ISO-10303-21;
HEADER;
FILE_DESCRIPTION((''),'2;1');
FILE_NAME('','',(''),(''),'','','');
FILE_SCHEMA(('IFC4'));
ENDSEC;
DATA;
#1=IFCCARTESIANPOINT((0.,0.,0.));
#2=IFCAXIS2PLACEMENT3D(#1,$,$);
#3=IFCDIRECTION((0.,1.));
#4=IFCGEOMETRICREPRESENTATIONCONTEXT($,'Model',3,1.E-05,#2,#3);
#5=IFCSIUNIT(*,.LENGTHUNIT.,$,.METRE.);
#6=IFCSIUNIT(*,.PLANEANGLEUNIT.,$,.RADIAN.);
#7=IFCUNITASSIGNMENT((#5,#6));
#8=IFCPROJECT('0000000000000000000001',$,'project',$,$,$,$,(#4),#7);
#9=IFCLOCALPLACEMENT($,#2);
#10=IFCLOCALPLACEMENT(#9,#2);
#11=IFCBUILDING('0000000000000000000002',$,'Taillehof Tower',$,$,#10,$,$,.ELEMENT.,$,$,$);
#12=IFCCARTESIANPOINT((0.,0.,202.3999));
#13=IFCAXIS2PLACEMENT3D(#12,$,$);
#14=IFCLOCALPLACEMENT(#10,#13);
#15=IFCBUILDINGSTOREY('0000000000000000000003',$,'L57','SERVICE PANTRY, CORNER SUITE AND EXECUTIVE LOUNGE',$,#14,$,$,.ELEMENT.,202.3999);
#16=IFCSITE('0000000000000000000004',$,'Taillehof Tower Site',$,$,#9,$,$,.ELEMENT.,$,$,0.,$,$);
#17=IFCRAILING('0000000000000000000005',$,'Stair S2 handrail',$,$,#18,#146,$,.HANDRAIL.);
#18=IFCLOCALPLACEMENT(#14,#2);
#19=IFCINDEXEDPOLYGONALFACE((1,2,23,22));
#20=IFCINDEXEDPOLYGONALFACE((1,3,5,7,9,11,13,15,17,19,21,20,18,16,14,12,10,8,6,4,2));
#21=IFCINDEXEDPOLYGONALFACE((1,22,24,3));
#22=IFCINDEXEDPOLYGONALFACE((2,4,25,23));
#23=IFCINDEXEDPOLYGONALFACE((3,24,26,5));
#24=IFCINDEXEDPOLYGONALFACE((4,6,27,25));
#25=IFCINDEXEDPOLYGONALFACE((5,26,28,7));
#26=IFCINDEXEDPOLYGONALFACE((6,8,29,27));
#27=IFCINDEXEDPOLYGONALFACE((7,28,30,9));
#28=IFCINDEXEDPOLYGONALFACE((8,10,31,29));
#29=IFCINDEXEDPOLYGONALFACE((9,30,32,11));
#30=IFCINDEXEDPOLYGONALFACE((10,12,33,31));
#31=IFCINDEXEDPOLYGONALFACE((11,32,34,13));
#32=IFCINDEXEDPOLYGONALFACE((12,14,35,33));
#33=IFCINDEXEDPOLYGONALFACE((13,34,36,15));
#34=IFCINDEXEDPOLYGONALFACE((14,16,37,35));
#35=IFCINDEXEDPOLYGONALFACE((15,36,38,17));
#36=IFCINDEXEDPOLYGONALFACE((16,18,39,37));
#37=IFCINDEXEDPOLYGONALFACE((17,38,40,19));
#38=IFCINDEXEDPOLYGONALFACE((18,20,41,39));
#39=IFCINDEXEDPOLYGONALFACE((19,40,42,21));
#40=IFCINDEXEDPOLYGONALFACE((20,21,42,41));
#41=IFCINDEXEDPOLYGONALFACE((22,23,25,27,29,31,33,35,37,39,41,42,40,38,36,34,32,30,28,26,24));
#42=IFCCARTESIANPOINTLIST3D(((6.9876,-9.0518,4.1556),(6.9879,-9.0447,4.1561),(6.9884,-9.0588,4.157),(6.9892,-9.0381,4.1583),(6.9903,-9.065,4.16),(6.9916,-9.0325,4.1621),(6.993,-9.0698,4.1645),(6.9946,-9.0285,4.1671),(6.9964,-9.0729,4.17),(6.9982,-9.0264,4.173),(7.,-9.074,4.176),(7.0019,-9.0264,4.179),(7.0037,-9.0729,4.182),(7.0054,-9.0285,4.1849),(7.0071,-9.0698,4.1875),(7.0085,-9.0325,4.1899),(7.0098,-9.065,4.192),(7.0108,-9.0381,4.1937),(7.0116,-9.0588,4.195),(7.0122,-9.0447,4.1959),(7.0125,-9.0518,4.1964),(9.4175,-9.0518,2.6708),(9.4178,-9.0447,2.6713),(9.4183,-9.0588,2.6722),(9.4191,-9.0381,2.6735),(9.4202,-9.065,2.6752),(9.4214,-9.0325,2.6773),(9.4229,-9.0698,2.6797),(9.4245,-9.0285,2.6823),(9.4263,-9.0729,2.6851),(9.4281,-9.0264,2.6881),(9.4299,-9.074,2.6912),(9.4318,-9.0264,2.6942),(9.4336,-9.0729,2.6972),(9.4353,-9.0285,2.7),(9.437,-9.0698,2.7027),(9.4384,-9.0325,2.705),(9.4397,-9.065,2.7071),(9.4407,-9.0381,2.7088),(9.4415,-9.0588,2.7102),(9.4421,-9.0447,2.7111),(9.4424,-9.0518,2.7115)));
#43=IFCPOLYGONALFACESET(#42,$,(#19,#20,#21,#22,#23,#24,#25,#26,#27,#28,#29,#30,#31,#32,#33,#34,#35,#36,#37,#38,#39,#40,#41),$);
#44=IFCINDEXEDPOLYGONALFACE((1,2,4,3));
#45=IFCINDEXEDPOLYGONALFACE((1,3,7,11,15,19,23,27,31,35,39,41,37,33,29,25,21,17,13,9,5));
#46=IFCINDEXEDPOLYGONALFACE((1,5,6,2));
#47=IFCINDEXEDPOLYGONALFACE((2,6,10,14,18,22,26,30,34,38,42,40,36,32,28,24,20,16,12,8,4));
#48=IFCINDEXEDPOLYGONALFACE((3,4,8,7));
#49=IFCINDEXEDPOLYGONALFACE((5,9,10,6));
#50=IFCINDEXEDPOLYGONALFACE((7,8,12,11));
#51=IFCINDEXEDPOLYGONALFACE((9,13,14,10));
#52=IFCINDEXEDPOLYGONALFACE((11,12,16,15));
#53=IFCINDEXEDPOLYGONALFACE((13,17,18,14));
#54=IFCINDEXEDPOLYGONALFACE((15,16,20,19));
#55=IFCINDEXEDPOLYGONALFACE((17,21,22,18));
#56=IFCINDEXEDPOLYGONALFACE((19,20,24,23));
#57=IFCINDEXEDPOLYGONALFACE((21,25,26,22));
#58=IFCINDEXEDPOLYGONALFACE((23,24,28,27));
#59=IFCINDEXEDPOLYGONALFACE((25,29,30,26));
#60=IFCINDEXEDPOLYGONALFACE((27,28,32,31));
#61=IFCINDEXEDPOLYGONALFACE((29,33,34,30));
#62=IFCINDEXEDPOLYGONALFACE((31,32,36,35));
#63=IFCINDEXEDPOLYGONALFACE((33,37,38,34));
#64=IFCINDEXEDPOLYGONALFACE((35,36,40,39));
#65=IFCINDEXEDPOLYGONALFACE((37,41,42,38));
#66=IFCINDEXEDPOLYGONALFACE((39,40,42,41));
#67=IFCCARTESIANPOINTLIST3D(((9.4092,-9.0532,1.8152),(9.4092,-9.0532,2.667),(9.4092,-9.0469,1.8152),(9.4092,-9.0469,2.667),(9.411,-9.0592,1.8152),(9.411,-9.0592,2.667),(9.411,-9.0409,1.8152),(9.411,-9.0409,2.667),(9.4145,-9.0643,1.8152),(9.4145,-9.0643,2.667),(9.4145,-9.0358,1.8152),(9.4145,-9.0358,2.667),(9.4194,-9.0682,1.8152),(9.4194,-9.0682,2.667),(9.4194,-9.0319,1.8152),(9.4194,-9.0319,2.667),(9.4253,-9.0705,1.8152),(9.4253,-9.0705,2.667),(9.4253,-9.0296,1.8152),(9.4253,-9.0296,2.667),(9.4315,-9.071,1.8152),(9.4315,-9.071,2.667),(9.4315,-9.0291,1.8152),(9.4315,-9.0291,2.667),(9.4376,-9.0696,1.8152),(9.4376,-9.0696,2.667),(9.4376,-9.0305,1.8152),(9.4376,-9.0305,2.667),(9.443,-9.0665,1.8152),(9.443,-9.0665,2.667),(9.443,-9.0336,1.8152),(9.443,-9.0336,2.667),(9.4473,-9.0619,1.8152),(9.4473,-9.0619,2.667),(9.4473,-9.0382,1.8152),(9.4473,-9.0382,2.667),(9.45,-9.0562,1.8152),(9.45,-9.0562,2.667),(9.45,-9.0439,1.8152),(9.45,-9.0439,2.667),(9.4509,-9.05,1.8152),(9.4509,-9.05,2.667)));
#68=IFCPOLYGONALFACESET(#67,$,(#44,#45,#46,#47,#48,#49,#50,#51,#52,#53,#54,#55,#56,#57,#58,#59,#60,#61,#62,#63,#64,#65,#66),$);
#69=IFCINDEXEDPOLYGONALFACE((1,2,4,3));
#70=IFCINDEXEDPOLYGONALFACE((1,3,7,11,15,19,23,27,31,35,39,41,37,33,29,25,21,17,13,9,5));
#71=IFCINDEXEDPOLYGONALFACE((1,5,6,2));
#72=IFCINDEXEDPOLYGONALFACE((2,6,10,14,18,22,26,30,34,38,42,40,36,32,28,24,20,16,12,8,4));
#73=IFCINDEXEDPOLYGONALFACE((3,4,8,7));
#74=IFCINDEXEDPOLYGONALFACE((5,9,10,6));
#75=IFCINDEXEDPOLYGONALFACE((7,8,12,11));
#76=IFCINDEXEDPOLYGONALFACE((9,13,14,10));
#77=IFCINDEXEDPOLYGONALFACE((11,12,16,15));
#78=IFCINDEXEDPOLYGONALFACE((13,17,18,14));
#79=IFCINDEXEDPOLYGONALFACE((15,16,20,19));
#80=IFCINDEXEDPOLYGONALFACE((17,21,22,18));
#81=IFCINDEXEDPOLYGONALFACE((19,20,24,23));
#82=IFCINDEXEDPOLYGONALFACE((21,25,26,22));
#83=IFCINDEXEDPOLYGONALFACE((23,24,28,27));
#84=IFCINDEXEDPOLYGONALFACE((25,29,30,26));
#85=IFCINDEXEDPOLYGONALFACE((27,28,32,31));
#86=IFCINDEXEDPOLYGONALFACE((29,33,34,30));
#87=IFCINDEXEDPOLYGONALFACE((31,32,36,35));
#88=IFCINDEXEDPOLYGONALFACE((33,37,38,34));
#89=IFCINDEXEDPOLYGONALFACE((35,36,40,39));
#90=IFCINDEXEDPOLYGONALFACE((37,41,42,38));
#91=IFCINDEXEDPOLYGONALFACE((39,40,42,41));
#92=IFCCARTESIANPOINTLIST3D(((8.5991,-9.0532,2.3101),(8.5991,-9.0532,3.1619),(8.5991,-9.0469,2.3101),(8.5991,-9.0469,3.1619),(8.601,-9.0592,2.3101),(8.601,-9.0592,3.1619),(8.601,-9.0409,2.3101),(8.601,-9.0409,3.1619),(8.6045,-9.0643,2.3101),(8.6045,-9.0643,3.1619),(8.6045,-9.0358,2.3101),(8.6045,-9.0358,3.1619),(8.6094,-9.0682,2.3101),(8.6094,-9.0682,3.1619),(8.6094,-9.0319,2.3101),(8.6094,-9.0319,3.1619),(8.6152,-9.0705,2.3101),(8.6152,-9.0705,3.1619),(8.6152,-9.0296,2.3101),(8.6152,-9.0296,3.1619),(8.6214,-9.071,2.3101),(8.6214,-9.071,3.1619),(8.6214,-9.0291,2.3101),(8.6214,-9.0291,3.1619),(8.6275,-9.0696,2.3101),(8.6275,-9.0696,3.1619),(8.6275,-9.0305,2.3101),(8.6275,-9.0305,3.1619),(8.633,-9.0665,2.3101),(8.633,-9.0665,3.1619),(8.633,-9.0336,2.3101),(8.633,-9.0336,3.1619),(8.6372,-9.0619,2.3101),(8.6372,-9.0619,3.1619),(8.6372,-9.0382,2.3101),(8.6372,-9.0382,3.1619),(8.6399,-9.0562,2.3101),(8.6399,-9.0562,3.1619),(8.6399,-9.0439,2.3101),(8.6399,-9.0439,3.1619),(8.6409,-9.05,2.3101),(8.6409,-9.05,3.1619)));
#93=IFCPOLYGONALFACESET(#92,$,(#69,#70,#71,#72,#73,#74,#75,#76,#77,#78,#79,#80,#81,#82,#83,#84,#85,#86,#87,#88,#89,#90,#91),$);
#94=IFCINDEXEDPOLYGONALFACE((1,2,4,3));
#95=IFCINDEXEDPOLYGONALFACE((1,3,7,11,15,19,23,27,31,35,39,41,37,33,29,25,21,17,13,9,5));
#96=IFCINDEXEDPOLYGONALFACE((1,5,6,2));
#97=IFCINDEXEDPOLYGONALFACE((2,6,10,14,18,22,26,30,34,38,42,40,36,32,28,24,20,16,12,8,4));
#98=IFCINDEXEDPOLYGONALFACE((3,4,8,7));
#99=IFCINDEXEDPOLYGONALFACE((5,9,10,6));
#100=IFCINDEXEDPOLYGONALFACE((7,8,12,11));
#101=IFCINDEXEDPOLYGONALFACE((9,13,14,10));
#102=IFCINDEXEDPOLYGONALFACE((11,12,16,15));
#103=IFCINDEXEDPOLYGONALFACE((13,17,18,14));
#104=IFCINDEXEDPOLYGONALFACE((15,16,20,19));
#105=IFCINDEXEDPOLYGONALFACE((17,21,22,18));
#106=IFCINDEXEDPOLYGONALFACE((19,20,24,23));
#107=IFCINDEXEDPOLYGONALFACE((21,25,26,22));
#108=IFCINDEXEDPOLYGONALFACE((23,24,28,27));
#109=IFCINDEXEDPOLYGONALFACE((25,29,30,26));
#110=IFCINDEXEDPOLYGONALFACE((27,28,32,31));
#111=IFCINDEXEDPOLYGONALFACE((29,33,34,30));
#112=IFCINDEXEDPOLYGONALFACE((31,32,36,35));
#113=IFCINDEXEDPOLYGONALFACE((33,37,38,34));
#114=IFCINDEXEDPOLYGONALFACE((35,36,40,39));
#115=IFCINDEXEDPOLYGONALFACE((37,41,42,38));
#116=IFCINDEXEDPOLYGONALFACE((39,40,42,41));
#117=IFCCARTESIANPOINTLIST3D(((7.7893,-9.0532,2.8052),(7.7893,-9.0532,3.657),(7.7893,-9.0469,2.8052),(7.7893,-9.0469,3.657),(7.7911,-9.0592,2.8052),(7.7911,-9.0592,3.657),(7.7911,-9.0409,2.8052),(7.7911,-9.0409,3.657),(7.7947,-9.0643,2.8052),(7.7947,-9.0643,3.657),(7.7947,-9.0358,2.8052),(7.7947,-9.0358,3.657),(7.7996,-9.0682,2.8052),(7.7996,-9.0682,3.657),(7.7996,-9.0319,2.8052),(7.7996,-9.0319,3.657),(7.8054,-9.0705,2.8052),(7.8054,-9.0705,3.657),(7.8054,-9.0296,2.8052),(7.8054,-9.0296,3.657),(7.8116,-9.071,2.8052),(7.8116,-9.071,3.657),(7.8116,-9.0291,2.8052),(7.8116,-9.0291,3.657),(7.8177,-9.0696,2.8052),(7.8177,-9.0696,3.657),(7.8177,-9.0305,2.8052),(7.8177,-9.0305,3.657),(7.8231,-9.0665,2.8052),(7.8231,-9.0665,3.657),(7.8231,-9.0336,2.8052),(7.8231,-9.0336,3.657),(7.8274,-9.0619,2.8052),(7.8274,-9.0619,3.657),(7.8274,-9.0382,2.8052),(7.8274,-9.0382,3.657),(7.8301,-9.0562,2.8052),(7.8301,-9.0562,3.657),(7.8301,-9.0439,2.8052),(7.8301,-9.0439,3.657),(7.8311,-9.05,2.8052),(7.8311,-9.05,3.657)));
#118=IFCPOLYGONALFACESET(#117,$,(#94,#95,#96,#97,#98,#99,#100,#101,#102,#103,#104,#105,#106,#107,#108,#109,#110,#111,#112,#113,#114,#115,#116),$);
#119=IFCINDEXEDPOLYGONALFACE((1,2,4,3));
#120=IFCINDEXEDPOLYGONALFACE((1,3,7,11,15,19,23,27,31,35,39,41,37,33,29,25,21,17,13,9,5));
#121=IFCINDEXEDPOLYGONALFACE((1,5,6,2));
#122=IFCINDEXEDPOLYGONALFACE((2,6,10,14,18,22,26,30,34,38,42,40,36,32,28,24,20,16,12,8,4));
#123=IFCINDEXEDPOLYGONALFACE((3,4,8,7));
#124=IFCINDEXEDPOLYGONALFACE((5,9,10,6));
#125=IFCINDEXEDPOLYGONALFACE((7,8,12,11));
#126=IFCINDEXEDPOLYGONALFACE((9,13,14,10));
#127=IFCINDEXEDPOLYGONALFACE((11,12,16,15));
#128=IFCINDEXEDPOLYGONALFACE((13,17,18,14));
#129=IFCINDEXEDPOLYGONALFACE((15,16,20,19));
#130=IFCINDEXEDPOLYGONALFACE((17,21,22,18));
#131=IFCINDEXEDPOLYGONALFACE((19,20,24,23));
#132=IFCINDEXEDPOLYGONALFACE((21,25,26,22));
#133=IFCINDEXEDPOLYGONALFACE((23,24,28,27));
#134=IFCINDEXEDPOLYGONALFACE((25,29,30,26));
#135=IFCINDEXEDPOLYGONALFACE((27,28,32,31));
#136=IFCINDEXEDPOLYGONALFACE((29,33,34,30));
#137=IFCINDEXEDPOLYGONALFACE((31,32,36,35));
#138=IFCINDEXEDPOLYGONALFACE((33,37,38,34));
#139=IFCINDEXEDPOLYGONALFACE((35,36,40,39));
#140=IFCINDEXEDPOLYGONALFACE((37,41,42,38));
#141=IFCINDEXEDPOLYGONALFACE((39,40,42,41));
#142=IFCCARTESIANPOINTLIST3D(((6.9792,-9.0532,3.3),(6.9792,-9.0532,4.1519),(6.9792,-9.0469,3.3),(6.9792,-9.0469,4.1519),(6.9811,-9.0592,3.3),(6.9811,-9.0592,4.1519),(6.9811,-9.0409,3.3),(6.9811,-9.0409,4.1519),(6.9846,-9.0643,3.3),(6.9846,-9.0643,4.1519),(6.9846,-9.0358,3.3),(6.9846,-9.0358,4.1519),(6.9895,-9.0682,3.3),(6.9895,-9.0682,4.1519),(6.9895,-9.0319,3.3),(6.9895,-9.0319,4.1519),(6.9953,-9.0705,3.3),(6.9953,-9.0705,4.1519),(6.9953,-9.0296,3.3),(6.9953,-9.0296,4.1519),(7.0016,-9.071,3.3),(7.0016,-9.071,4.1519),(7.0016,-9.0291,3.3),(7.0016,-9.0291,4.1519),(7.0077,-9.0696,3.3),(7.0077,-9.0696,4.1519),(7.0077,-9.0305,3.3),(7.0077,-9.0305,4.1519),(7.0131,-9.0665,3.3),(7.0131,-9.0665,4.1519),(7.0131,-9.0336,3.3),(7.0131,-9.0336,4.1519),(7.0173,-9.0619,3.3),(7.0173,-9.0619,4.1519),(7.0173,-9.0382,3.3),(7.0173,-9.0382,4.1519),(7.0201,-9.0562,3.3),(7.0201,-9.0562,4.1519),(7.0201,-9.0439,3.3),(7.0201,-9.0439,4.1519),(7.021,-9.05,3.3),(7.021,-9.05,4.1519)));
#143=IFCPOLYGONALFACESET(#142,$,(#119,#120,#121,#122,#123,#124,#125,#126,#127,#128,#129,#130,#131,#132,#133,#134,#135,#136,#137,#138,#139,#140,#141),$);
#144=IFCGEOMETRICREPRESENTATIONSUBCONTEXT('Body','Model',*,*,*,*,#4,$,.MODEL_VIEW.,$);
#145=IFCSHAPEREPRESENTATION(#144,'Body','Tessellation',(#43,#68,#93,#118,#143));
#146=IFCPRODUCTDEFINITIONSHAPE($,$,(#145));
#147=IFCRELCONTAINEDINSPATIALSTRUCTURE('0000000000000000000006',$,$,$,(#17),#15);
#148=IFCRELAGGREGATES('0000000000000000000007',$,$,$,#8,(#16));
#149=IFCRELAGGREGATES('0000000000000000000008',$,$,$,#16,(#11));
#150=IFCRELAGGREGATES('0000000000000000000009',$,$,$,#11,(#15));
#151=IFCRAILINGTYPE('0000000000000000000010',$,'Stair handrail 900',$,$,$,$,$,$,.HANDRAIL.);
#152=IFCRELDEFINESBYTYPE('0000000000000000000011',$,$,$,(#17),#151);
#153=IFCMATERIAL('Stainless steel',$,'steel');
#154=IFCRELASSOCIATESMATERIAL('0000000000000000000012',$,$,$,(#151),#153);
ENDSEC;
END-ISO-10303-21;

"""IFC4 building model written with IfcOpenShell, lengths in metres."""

from ifc_helpers import new_model, si_unit, direction, frame, origin, origin_2d, place, context, subcontext, project, spatial, circle, extrude, material, type_object, element, save


model = new_model("IFC4")

# Units and contexts
model_context = context("Model", 3, precision=1e-05, world=origin(), true_north=direction((0.0, 1.0)))
body_context = subcontext(model_context, "Body", "Model", "MODEL_VIEW")
ifc_project = project(units=[si_unit("LENGTHUNIT", "METRE"), si_unit("PLANEANGLEUNIT", "RADIAN")], contexts=[model_context])

# Site, building, storey
site_placement = place(None, origin())
site = spatial("IfcSite", under=ifc_project, at=site_placement, Name="Taillehof Tower Site", CompositionType="ELEMENT", RefElevation=0.0)
building_placement = place(site_placement, origin())
building = spatial("IfcBuilding", under=site, at=building_placement, Name="Taillehof Tower", CompositionType="ELEMENT")
storey_placement = place(building_placement, frame((0.0, 0.0, 202.3999)))
storey = spatial("IfcBuildingStorey", under=building, at=storey_placement, Name="L57", Description="SERVICE PANTRY, CORNER SUITE AND EXECUTIVE LOUNGE", CompositionType="ELEMENT", Elevation=202.3999)

# Railing
ifc_material_1 = material(Name="Stainless steel", Category="steel")
railing_type = type_object("IfcRailingType", Name="Stair handrail 900", PredefinedType="HANDRAIL", material=ifc_material_1)
railing_1_placement = place(storey_placement, frame((9.4299, -9.05, 1.8152)))
element("IfcRailing", 1, at=railing_1_placement, inside=storey, type_object=railing_type, Name="Stair S2 handrail", PredefinedType="HANDRAIL", context=body_context, shape_type="SweptSolid", body=[
    extrude(circle(Radius=0.0239, at=origin_2d()), frame((0.0, 0.0, 0.876), z_axis=(-0.853297, 0.0, 0.521426), x_axis=(0.0, -1.0, 0.0)), (0.0, 0.0, 1.0), 2.8477),
    extrude(circle(Radius=0.021, at=origin_2d()), origin(), (0.0, 0.0, 1.0), 0.8518),
    extrude(circle(Radius=0.021, at=origin_2d()), frame((-0.8101, 0.0, 0.4949)), (0.0, 0.0, 1.0), 0.8518),
    extrude(circle(Radius=0.021, at=origin_2d()), frame((-1.6199, 0.0, 0.99)), (0.0, 0.0, 1.0), 0.8518),
    extrude(circle(Radius=0.021, at=origin_2d()), frame((-2.4299, 0.0, 1.4849)), (0.0, 0.0, 1.0), 0.8518),
])

save(model, "model.ifc")
